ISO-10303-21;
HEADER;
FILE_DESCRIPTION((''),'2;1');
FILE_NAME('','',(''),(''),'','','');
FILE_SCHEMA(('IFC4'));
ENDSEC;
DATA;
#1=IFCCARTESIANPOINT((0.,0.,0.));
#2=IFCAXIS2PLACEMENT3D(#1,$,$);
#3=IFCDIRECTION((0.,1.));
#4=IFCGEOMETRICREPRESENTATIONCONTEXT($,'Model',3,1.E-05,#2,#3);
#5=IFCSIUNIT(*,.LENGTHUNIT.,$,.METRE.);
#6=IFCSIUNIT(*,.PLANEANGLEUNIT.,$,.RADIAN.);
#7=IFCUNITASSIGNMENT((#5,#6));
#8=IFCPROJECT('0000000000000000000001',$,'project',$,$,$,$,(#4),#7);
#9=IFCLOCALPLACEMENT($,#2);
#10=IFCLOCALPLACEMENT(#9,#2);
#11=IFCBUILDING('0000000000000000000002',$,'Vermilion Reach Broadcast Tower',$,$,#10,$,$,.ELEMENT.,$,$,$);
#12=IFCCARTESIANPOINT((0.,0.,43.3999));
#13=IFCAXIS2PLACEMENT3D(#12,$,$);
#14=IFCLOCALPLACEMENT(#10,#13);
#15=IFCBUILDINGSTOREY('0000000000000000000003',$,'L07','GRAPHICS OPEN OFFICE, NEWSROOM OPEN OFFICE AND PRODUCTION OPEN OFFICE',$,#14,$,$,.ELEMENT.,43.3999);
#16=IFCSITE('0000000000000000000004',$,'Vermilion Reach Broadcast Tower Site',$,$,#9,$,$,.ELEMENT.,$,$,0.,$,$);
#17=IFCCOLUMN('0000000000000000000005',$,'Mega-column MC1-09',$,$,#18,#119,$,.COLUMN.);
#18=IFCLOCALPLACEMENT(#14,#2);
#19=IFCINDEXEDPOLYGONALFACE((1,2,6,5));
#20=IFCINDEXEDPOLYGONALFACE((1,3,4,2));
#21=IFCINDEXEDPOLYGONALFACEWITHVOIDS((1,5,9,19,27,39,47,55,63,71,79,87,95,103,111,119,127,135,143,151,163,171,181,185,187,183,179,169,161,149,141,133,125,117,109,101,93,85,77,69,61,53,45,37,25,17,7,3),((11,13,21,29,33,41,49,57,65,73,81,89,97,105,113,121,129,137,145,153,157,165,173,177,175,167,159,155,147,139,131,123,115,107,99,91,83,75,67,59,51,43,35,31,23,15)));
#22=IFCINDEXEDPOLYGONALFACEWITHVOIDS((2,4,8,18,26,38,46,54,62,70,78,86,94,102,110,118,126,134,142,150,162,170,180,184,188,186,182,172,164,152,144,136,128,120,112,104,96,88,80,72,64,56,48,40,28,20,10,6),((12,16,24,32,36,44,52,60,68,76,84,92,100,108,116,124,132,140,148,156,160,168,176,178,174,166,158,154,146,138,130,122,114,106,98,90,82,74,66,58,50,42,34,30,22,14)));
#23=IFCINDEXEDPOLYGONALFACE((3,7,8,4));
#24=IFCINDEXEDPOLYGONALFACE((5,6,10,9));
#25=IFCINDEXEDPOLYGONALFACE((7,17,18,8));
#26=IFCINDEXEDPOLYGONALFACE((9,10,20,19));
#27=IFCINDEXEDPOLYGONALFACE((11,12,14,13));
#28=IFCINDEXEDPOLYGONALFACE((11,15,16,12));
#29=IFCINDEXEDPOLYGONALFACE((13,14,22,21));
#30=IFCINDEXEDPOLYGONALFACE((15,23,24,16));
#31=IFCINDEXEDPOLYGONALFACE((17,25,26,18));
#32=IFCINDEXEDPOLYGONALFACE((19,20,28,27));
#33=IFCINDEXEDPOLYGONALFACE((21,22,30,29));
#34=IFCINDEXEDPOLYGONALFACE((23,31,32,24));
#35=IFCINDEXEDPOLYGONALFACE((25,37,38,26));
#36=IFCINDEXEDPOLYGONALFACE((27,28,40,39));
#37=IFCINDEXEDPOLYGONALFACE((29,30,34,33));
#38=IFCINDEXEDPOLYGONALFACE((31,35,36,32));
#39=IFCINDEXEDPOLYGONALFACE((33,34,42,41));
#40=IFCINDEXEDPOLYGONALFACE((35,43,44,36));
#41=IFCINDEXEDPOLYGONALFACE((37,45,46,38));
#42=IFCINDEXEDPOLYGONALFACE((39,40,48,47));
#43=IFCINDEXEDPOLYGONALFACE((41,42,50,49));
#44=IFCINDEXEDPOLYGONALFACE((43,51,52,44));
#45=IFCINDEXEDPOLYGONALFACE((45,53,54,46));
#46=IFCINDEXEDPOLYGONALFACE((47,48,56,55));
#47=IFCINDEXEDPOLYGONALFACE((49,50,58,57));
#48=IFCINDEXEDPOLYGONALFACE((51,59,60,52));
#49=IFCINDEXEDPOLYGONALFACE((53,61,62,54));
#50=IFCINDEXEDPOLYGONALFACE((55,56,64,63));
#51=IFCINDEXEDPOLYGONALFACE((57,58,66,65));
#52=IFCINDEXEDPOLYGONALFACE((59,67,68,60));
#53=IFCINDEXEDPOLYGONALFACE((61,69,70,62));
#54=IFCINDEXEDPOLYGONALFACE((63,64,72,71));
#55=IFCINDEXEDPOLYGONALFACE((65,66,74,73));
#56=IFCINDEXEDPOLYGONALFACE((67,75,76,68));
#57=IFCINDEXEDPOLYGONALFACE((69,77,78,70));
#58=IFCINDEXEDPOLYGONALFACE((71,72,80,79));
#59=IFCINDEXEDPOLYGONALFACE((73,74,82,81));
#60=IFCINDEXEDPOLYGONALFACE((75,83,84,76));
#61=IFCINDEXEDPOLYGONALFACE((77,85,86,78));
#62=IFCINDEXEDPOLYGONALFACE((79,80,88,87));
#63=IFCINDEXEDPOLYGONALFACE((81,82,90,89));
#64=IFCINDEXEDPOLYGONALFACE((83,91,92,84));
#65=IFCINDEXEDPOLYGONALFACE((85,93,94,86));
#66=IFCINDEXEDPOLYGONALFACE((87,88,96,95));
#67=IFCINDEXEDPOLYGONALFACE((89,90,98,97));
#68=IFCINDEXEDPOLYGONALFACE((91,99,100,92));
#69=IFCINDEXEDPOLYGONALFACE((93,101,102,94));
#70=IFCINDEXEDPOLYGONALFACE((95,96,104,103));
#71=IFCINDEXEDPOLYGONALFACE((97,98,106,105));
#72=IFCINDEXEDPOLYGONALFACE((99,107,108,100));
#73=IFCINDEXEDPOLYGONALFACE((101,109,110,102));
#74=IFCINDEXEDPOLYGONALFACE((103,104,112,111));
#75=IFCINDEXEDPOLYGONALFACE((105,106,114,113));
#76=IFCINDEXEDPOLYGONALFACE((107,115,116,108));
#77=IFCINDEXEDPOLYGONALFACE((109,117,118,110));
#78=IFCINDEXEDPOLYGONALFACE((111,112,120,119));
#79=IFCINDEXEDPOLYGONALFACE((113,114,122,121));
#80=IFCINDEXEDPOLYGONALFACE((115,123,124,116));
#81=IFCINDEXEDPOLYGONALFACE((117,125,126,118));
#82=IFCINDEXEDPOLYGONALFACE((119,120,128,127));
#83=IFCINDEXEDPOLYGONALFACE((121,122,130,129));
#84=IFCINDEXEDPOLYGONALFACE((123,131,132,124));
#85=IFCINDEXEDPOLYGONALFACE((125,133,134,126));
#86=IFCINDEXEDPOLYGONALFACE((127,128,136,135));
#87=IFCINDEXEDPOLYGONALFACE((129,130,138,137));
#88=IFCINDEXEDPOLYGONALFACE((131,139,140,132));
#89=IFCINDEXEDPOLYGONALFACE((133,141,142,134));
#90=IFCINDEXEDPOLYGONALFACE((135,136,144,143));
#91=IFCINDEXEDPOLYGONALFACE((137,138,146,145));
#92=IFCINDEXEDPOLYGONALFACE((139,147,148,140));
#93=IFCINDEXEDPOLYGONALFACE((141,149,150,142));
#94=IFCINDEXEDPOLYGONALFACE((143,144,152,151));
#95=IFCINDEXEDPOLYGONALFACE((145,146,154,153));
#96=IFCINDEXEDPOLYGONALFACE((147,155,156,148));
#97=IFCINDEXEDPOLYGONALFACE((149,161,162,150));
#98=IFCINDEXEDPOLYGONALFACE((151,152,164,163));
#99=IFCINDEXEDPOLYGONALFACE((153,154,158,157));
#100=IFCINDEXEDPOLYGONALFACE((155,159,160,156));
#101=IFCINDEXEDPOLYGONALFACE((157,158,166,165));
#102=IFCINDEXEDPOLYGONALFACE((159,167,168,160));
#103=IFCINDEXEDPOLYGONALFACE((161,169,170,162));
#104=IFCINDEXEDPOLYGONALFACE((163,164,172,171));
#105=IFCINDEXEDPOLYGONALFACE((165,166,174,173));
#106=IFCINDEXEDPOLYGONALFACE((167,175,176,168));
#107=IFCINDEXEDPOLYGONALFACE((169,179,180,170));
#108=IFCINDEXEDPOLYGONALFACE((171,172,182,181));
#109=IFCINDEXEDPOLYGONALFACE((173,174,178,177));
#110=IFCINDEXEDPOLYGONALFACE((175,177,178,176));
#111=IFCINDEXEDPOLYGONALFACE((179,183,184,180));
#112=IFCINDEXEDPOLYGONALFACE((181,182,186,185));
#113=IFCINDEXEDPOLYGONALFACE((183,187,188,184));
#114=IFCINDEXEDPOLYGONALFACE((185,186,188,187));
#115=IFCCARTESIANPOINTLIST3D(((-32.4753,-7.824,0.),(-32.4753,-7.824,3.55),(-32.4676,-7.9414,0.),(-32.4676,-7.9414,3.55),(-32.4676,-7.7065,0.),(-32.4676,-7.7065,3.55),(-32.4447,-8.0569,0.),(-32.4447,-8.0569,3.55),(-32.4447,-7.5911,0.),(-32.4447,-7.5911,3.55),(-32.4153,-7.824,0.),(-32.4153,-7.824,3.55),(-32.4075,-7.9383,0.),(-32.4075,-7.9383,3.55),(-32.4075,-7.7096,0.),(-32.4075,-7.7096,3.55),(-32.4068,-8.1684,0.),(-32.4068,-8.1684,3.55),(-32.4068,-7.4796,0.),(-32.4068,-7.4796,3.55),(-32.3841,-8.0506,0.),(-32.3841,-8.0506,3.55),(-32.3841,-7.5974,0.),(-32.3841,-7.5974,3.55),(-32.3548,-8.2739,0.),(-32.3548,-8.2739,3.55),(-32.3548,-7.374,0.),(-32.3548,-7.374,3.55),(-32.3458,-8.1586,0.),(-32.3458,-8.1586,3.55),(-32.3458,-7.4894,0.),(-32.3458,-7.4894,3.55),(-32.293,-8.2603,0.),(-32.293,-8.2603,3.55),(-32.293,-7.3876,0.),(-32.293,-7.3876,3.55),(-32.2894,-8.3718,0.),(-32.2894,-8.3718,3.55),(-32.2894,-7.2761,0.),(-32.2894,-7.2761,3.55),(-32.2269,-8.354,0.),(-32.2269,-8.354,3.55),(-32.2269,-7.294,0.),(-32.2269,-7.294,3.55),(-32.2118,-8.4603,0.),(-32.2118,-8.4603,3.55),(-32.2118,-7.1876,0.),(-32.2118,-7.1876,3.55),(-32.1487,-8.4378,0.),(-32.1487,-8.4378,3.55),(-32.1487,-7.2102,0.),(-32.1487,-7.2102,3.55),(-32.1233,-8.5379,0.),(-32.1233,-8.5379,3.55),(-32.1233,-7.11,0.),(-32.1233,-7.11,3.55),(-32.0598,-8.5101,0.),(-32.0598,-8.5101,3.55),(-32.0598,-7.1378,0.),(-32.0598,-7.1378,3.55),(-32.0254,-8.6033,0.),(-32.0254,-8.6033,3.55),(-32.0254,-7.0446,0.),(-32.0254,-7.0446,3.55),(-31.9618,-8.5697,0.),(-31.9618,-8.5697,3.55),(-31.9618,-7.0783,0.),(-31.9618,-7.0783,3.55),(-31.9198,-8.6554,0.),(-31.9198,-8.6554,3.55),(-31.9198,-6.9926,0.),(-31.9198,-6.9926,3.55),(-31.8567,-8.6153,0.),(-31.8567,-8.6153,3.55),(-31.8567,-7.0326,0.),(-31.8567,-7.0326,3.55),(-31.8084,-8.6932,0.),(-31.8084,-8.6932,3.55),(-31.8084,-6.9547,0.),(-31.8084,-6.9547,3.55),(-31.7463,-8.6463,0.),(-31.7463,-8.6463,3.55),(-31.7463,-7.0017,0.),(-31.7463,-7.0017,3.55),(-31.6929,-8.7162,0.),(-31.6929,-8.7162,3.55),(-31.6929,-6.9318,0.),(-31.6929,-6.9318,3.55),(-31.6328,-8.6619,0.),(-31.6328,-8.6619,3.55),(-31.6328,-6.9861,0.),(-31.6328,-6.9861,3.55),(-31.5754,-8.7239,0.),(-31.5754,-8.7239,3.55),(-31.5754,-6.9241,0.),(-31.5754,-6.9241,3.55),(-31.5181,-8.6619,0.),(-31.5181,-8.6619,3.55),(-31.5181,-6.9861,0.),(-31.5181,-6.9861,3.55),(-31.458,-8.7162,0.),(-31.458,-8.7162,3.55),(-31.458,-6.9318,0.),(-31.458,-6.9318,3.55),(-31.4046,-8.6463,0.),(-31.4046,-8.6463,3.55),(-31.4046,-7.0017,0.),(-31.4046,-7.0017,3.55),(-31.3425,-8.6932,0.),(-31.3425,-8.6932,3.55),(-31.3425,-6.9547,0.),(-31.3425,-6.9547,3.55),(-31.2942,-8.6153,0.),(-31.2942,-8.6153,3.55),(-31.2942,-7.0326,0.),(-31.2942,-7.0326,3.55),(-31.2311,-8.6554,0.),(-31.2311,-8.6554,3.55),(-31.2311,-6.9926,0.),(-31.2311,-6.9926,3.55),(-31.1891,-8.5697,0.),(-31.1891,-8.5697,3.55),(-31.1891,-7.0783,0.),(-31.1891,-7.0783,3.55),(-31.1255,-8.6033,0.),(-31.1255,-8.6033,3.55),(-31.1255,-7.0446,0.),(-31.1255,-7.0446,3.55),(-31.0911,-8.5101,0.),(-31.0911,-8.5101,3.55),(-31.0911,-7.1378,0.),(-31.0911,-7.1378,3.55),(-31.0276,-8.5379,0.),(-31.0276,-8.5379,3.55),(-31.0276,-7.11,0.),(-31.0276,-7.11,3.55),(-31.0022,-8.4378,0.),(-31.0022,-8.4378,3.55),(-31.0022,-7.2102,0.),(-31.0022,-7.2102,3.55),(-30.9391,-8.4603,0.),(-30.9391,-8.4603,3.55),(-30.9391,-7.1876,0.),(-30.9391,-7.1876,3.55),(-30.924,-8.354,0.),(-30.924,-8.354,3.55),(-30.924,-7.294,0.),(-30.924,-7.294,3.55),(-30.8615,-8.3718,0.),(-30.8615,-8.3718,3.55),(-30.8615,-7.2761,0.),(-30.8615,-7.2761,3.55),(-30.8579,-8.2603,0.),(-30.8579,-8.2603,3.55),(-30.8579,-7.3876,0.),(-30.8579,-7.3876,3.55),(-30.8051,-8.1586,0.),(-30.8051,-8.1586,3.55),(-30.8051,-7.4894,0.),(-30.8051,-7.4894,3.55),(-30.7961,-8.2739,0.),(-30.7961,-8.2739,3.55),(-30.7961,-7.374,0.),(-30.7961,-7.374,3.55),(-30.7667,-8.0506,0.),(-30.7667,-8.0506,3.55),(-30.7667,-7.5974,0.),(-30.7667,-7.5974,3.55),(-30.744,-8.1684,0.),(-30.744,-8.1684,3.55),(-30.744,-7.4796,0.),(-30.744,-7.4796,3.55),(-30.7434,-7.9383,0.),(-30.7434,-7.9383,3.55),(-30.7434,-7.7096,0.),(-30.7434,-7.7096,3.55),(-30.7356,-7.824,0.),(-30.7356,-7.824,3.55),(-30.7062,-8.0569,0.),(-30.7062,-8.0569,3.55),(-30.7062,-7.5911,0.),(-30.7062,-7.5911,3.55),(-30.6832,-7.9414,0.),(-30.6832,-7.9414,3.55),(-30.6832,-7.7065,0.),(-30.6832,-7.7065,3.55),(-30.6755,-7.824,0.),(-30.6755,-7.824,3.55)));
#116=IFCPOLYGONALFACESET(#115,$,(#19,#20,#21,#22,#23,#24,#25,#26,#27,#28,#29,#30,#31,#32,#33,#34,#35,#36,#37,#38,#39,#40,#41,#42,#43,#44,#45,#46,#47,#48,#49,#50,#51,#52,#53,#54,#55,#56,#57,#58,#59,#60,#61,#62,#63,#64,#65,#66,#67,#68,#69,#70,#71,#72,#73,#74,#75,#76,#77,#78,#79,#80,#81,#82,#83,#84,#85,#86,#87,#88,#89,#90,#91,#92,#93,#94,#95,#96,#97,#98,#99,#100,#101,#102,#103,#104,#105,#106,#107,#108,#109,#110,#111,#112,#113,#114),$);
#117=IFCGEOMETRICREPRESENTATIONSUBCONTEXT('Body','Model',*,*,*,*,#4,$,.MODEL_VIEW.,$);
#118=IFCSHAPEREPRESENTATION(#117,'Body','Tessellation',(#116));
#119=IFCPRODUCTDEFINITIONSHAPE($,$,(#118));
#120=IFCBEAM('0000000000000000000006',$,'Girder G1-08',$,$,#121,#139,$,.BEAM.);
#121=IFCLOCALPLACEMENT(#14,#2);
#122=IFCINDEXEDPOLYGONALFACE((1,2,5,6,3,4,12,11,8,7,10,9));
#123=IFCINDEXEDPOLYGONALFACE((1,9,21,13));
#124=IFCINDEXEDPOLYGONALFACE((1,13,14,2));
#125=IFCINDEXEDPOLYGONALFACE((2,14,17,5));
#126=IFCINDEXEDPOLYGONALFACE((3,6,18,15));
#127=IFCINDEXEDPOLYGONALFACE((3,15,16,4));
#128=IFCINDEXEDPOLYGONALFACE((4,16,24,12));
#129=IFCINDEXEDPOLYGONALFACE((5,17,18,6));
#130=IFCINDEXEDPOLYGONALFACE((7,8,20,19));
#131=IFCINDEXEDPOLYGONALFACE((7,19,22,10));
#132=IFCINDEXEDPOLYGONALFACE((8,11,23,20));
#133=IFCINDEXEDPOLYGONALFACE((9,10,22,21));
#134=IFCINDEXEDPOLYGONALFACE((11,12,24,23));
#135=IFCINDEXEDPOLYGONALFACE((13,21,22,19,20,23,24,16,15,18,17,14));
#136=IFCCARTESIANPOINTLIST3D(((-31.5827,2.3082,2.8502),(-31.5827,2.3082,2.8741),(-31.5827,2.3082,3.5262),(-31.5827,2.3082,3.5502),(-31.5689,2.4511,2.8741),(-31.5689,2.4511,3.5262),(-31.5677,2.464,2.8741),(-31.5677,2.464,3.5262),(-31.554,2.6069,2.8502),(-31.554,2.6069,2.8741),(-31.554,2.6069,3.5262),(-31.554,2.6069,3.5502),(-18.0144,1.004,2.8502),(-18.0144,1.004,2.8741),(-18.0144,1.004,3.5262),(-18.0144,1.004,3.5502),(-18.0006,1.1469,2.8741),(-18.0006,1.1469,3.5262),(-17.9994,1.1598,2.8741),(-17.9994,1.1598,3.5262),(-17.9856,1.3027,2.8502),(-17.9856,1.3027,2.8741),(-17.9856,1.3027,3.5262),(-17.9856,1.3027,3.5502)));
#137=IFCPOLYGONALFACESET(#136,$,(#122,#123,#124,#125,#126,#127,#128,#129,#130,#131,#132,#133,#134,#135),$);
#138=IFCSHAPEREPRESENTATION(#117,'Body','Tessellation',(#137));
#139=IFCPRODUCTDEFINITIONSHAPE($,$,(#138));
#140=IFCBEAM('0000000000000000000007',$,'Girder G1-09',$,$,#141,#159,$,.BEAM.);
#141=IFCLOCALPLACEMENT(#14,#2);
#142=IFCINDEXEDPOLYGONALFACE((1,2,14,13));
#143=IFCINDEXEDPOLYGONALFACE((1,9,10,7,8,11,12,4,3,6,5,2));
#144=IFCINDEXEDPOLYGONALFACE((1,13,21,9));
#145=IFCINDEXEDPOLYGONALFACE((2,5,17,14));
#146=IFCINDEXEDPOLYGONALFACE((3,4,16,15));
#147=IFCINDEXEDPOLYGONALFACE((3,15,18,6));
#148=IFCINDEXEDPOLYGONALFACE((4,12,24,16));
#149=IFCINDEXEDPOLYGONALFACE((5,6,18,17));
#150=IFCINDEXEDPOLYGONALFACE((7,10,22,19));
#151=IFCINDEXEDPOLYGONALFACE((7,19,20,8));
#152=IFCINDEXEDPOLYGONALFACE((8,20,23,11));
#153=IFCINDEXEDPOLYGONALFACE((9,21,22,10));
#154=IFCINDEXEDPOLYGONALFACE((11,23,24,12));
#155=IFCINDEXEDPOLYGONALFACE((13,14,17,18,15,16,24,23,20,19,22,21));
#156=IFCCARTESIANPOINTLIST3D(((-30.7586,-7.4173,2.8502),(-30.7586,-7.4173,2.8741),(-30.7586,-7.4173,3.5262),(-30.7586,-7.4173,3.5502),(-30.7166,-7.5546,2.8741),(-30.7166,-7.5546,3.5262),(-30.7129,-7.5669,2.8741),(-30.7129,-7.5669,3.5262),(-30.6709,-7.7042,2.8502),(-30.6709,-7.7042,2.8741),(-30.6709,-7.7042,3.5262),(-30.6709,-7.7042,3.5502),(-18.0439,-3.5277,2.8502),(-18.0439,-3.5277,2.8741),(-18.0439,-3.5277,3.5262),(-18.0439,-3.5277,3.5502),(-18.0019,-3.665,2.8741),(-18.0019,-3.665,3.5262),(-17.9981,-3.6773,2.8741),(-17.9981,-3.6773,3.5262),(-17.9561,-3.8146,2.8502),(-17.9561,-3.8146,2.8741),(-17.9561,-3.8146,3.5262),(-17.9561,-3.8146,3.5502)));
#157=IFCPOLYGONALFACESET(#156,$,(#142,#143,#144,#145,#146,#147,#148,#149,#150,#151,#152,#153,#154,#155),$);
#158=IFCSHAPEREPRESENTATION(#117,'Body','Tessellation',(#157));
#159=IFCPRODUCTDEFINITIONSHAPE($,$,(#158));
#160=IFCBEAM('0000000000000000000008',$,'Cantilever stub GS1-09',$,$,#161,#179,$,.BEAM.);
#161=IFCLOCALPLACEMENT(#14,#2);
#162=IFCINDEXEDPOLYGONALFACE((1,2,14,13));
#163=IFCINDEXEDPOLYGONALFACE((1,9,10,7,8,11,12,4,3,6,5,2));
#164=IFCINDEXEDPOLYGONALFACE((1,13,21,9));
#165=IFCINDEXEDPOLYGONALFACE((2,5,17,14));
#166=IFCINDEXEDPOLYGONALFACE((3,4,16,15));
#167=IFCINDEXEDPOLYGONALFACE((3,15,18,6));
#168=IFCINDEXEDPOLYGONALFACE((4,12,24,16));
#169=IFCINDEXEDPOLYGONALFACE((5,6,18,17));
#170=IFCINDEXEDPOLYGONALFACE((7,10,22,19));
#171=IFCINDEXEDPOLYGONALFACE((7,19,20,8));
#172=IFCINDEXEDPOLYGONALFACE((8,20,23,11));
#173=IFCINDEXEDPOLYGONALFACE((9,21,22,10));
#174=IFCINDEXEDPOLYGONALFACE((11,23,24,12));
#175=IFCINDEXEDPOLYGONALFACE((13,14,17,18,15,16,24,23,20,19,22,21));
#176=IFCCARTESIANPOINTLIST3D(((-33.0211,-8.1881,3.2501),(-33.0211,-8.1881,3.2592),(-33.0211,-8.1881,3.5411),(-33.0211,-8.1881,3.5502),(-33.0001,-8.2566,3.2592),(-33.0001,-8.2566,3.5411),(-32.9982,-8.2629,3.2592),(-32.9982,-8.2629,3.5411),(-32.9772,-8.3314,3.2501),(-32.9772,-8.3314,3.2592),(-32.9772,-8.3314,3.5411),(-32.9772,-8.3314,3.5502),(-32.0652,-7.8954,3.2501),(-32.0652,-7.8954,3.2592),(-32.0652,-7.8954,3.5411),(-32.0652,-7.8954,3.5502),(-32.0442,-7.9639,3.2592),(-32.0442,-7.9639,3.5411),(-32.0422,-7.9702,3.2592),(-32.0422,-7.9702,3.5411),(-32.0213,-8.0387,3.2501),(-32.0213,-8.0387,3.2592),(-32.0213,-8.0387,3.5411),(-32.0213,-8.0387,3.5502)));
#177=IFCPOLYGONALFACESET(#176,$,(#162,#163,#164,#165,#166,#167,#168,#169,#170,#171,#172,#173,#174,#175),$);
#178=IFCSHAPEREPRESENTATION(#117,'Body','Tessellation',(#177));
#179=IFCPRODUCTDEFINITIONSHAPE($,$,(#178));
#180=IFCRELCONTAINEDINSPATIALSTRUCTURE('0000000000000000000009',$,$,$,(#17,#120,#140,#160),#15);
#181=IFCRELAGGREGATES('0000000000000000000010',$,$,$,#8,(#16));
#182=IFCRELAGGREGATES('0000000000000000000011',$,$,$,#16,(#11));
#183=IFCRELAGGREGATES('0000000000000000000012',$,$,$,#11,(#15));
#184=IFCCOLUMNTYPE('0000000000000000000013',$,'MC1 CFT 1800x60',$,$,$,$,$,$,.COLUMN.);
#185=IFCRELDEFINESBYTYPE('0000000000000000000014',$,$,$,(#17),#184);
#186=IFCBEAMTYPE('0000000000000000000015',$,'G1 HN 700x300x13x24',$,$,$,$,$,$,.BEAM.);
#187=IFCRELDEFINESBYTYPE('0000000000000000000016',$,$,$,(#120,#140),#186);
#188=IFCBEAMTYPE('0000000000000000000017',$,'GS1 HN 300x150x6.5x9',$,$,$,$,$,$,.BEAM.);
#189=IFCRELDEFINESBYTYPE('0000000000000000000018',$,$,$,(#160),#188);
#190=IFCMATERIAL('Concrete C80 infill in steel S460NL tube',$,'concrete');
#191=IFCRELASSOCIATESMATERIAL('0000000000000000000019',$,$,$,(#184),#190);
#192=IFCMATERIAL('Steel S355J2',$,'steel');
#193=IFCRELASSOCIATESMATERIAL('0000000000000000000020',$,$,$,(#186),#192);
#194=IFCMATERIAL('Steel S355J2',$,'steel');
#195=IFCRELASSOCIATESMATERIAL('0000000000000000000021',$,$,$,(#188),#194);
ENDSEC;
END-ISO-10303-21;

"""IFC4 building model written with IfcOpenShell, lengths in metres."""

from ifc_helpers import new_model, si_unit, direction, frame, origin, origin_2d, place, context, subcontext, project, spatial, hollow_circle, i_section, extrude, material, material_profile, profile_set, type_object, element, save


model = new_model("IFC4")

# Units and contexts
model_context = context("Model", 3, precision=1e-05, world=origin(), true_north=direction((0.0, 1.0)))
body_context = subcontext(model_context, "Body", "Model", "MODEL_VIEW")
ifc_project = project(units=[si_unit("LENGTHUNIT", "METRE"), si_unit("PLANEANGLEUNIT", "RADIAN")], contexts=[model_context])

# Site, building, storey
site_placement = place(None, origin())
site = spatial("IfcSite", under=ifc_project, at=site_placement, Name="Vermilion Reach Broadcast Tower Site", CompositionType="ELEMENT", RefElevation=0.0)
building_placement = place(site_placement, origin())
building = spatial("IfcBuilding", under=site, at=building_placement, Name="Vermilion Reach Broadcast Tower", CompositionType="ELEMENT")
storey_placement = place(building_placement, frame((0.0, 0.0, 43.3999)))
storey = spatial("IfcBuildingStorey", under=building, at=storey_placement, Name="L07", Description="GRAPHICS OPEN OFFICE, NEWSROOM OPEN OFFICE AND PRODUCTION OPEN OFFICE", CompositionType="ELEMENT", Elevation=43.3999)

# Column
ifc_material_1 = material(Name="Concrete C80 infill in steel S460NL tube", Category="concrete")
ifc_material_profile_1 = material_profile(ifc_material_1, hollow_circle(Radius=0.8999, WallThickness=0.0601, at=origin_2d()), Name="Concrete C80 infill in steel S460NL tube CFT 1800x60")
ifc_profile_set_1 = profile_set([ifc_material_profile_1], Name="Concrete C80 infill in steel S460NL tube")
column_type = type_object("IfcColumnType", Name="MC1 CFT 1800x60", PredefinedType="COLUMN", material=ifc_profile_set_1)
column_placement = place(storey_placement, frame((-31.5754, -7.824, 0.0), z_axis=(0.0, 0.0, 1.0), x_axis=(1.0, 0.0, 0.0)))
element("IfcColumn", 1, at=column_placement, inside=storey, type_object=column_type, Name="Mega-column MC1-09", PredefinedType="COLUMN", context=body_context, shape_type="SweptSolid", body=[
    extrude(hollow_circle(Radius=0.8999, WallThickness=0.0601, at=origin_2d()), origin(), (0.0, 0.0, 1.0), 3.55),
])

# Beams
ifc_material_2 = material(Name="Steel S355J2", Category="steel")
ifc_material_profile_2 = material_profile(ifc_material_2, i_section(OverallWidth=0.3, OverallDepth=0.7, WebThickness=0.0129, FlangeThickness=0.0239, at=origin_2d()), Name="S355J2 HN 700x300x13x24")
ifc_profile_set_2 = profile_set([ifc_material_profile_2], Name="Steel S355J2")
beam_type_1 = type_object("IfcBeamType", Name="G1 HN 700x300x13x24", PredefinedType="BEAM", material=ifc_profile_set_2)
beam_1_placement = place(storey_placement, frame((-18.0, 1.1533, 3.2002), z_axis=(-0.995412, 0.09568, 0.0), x_axis=(-0.09568, -0.995412, 0.0)))
element("IfcBeam", 2, at=beam_1_placement, inside=storey, type_object=beam_type_1, Name="Girder G1-08", PredefinedType="BEAM", context=body_context, shape_type="SweptSolid", body=[
    extrude(i_section(OverallWidth=0.3, OverallDepth=0.7, WebThickness=0.0129, FlangeThickness=0.0239, at=origin_2d()), origin(), (0.0, 0.0, 1.0), 13.6309),
])
beam_2_placement = place(storey_placement, frame((-18.0, -3.6711, 3.2002), z_axis=(-0.956256, -0.292532, 0.0), x_axis=(0.292532, -0.956256, 0.0)))
element("IfcBeam", 3, at=beam_2_placement, inside=storey, type_object=beam_type_1, Name="Girder G1-09", PredefinedType="BEAM", context=body_context, shape_type="SweptSolid", body=[
    extrude(i_section(OverallWidth=0.3, OverallDepth=0.7, WebThickness=0.0129, FlangeThickness=0.0239, at=origin_2d()), origin(), (0.0, 0.0, 1.0), 13.2964),
])
ifc_material_3 = material(Name="Steel S355J2", Category="steel")
ifc_material_profile_3 = material_profile(ifc_material_3, i_section(OverallWidth=0.1499, OverallDepth=0.3, WebThickness=0.0066, FlangeThickness=0.009, at=origin_2d()), Name="S355J2 HN 300x150x6.5x9")
ifc_profile_set_3 = profile_set([ifc_material_profile_3], Name="Steel S355J2")
beam_type_2 = type_object("IfcBeamType", Name="GS1 HN 300x150x6.5x9", PredefinedType="BEAM", material=ifc_profile_set_3)
beam_3_placement = place(storey_placement, frame((-32.0432, -7.967, 3.4001), z_axis=(-0.956185, -0.292764, 0.0), x_axis=(0.292764, -0.956185, 0.0)))
element("IfcBeam", 4, at=beam_3_placement, inside=storey, type_object=beam_type_2, Name="Cantilever stub GS1-09", PredefinedType="BEAM", context=body_context, shape_type="SweptSolid", body=[
    extrude(i_section(OverallWidth=0.1499, OverallDepth=0.3, WebThickness=0.0066, FlangeThickness=0.009, at=origin_2d()), origin(), (0.0, 0.0, 1.0), 0.9998),
])

save(model, "model.ifc")
